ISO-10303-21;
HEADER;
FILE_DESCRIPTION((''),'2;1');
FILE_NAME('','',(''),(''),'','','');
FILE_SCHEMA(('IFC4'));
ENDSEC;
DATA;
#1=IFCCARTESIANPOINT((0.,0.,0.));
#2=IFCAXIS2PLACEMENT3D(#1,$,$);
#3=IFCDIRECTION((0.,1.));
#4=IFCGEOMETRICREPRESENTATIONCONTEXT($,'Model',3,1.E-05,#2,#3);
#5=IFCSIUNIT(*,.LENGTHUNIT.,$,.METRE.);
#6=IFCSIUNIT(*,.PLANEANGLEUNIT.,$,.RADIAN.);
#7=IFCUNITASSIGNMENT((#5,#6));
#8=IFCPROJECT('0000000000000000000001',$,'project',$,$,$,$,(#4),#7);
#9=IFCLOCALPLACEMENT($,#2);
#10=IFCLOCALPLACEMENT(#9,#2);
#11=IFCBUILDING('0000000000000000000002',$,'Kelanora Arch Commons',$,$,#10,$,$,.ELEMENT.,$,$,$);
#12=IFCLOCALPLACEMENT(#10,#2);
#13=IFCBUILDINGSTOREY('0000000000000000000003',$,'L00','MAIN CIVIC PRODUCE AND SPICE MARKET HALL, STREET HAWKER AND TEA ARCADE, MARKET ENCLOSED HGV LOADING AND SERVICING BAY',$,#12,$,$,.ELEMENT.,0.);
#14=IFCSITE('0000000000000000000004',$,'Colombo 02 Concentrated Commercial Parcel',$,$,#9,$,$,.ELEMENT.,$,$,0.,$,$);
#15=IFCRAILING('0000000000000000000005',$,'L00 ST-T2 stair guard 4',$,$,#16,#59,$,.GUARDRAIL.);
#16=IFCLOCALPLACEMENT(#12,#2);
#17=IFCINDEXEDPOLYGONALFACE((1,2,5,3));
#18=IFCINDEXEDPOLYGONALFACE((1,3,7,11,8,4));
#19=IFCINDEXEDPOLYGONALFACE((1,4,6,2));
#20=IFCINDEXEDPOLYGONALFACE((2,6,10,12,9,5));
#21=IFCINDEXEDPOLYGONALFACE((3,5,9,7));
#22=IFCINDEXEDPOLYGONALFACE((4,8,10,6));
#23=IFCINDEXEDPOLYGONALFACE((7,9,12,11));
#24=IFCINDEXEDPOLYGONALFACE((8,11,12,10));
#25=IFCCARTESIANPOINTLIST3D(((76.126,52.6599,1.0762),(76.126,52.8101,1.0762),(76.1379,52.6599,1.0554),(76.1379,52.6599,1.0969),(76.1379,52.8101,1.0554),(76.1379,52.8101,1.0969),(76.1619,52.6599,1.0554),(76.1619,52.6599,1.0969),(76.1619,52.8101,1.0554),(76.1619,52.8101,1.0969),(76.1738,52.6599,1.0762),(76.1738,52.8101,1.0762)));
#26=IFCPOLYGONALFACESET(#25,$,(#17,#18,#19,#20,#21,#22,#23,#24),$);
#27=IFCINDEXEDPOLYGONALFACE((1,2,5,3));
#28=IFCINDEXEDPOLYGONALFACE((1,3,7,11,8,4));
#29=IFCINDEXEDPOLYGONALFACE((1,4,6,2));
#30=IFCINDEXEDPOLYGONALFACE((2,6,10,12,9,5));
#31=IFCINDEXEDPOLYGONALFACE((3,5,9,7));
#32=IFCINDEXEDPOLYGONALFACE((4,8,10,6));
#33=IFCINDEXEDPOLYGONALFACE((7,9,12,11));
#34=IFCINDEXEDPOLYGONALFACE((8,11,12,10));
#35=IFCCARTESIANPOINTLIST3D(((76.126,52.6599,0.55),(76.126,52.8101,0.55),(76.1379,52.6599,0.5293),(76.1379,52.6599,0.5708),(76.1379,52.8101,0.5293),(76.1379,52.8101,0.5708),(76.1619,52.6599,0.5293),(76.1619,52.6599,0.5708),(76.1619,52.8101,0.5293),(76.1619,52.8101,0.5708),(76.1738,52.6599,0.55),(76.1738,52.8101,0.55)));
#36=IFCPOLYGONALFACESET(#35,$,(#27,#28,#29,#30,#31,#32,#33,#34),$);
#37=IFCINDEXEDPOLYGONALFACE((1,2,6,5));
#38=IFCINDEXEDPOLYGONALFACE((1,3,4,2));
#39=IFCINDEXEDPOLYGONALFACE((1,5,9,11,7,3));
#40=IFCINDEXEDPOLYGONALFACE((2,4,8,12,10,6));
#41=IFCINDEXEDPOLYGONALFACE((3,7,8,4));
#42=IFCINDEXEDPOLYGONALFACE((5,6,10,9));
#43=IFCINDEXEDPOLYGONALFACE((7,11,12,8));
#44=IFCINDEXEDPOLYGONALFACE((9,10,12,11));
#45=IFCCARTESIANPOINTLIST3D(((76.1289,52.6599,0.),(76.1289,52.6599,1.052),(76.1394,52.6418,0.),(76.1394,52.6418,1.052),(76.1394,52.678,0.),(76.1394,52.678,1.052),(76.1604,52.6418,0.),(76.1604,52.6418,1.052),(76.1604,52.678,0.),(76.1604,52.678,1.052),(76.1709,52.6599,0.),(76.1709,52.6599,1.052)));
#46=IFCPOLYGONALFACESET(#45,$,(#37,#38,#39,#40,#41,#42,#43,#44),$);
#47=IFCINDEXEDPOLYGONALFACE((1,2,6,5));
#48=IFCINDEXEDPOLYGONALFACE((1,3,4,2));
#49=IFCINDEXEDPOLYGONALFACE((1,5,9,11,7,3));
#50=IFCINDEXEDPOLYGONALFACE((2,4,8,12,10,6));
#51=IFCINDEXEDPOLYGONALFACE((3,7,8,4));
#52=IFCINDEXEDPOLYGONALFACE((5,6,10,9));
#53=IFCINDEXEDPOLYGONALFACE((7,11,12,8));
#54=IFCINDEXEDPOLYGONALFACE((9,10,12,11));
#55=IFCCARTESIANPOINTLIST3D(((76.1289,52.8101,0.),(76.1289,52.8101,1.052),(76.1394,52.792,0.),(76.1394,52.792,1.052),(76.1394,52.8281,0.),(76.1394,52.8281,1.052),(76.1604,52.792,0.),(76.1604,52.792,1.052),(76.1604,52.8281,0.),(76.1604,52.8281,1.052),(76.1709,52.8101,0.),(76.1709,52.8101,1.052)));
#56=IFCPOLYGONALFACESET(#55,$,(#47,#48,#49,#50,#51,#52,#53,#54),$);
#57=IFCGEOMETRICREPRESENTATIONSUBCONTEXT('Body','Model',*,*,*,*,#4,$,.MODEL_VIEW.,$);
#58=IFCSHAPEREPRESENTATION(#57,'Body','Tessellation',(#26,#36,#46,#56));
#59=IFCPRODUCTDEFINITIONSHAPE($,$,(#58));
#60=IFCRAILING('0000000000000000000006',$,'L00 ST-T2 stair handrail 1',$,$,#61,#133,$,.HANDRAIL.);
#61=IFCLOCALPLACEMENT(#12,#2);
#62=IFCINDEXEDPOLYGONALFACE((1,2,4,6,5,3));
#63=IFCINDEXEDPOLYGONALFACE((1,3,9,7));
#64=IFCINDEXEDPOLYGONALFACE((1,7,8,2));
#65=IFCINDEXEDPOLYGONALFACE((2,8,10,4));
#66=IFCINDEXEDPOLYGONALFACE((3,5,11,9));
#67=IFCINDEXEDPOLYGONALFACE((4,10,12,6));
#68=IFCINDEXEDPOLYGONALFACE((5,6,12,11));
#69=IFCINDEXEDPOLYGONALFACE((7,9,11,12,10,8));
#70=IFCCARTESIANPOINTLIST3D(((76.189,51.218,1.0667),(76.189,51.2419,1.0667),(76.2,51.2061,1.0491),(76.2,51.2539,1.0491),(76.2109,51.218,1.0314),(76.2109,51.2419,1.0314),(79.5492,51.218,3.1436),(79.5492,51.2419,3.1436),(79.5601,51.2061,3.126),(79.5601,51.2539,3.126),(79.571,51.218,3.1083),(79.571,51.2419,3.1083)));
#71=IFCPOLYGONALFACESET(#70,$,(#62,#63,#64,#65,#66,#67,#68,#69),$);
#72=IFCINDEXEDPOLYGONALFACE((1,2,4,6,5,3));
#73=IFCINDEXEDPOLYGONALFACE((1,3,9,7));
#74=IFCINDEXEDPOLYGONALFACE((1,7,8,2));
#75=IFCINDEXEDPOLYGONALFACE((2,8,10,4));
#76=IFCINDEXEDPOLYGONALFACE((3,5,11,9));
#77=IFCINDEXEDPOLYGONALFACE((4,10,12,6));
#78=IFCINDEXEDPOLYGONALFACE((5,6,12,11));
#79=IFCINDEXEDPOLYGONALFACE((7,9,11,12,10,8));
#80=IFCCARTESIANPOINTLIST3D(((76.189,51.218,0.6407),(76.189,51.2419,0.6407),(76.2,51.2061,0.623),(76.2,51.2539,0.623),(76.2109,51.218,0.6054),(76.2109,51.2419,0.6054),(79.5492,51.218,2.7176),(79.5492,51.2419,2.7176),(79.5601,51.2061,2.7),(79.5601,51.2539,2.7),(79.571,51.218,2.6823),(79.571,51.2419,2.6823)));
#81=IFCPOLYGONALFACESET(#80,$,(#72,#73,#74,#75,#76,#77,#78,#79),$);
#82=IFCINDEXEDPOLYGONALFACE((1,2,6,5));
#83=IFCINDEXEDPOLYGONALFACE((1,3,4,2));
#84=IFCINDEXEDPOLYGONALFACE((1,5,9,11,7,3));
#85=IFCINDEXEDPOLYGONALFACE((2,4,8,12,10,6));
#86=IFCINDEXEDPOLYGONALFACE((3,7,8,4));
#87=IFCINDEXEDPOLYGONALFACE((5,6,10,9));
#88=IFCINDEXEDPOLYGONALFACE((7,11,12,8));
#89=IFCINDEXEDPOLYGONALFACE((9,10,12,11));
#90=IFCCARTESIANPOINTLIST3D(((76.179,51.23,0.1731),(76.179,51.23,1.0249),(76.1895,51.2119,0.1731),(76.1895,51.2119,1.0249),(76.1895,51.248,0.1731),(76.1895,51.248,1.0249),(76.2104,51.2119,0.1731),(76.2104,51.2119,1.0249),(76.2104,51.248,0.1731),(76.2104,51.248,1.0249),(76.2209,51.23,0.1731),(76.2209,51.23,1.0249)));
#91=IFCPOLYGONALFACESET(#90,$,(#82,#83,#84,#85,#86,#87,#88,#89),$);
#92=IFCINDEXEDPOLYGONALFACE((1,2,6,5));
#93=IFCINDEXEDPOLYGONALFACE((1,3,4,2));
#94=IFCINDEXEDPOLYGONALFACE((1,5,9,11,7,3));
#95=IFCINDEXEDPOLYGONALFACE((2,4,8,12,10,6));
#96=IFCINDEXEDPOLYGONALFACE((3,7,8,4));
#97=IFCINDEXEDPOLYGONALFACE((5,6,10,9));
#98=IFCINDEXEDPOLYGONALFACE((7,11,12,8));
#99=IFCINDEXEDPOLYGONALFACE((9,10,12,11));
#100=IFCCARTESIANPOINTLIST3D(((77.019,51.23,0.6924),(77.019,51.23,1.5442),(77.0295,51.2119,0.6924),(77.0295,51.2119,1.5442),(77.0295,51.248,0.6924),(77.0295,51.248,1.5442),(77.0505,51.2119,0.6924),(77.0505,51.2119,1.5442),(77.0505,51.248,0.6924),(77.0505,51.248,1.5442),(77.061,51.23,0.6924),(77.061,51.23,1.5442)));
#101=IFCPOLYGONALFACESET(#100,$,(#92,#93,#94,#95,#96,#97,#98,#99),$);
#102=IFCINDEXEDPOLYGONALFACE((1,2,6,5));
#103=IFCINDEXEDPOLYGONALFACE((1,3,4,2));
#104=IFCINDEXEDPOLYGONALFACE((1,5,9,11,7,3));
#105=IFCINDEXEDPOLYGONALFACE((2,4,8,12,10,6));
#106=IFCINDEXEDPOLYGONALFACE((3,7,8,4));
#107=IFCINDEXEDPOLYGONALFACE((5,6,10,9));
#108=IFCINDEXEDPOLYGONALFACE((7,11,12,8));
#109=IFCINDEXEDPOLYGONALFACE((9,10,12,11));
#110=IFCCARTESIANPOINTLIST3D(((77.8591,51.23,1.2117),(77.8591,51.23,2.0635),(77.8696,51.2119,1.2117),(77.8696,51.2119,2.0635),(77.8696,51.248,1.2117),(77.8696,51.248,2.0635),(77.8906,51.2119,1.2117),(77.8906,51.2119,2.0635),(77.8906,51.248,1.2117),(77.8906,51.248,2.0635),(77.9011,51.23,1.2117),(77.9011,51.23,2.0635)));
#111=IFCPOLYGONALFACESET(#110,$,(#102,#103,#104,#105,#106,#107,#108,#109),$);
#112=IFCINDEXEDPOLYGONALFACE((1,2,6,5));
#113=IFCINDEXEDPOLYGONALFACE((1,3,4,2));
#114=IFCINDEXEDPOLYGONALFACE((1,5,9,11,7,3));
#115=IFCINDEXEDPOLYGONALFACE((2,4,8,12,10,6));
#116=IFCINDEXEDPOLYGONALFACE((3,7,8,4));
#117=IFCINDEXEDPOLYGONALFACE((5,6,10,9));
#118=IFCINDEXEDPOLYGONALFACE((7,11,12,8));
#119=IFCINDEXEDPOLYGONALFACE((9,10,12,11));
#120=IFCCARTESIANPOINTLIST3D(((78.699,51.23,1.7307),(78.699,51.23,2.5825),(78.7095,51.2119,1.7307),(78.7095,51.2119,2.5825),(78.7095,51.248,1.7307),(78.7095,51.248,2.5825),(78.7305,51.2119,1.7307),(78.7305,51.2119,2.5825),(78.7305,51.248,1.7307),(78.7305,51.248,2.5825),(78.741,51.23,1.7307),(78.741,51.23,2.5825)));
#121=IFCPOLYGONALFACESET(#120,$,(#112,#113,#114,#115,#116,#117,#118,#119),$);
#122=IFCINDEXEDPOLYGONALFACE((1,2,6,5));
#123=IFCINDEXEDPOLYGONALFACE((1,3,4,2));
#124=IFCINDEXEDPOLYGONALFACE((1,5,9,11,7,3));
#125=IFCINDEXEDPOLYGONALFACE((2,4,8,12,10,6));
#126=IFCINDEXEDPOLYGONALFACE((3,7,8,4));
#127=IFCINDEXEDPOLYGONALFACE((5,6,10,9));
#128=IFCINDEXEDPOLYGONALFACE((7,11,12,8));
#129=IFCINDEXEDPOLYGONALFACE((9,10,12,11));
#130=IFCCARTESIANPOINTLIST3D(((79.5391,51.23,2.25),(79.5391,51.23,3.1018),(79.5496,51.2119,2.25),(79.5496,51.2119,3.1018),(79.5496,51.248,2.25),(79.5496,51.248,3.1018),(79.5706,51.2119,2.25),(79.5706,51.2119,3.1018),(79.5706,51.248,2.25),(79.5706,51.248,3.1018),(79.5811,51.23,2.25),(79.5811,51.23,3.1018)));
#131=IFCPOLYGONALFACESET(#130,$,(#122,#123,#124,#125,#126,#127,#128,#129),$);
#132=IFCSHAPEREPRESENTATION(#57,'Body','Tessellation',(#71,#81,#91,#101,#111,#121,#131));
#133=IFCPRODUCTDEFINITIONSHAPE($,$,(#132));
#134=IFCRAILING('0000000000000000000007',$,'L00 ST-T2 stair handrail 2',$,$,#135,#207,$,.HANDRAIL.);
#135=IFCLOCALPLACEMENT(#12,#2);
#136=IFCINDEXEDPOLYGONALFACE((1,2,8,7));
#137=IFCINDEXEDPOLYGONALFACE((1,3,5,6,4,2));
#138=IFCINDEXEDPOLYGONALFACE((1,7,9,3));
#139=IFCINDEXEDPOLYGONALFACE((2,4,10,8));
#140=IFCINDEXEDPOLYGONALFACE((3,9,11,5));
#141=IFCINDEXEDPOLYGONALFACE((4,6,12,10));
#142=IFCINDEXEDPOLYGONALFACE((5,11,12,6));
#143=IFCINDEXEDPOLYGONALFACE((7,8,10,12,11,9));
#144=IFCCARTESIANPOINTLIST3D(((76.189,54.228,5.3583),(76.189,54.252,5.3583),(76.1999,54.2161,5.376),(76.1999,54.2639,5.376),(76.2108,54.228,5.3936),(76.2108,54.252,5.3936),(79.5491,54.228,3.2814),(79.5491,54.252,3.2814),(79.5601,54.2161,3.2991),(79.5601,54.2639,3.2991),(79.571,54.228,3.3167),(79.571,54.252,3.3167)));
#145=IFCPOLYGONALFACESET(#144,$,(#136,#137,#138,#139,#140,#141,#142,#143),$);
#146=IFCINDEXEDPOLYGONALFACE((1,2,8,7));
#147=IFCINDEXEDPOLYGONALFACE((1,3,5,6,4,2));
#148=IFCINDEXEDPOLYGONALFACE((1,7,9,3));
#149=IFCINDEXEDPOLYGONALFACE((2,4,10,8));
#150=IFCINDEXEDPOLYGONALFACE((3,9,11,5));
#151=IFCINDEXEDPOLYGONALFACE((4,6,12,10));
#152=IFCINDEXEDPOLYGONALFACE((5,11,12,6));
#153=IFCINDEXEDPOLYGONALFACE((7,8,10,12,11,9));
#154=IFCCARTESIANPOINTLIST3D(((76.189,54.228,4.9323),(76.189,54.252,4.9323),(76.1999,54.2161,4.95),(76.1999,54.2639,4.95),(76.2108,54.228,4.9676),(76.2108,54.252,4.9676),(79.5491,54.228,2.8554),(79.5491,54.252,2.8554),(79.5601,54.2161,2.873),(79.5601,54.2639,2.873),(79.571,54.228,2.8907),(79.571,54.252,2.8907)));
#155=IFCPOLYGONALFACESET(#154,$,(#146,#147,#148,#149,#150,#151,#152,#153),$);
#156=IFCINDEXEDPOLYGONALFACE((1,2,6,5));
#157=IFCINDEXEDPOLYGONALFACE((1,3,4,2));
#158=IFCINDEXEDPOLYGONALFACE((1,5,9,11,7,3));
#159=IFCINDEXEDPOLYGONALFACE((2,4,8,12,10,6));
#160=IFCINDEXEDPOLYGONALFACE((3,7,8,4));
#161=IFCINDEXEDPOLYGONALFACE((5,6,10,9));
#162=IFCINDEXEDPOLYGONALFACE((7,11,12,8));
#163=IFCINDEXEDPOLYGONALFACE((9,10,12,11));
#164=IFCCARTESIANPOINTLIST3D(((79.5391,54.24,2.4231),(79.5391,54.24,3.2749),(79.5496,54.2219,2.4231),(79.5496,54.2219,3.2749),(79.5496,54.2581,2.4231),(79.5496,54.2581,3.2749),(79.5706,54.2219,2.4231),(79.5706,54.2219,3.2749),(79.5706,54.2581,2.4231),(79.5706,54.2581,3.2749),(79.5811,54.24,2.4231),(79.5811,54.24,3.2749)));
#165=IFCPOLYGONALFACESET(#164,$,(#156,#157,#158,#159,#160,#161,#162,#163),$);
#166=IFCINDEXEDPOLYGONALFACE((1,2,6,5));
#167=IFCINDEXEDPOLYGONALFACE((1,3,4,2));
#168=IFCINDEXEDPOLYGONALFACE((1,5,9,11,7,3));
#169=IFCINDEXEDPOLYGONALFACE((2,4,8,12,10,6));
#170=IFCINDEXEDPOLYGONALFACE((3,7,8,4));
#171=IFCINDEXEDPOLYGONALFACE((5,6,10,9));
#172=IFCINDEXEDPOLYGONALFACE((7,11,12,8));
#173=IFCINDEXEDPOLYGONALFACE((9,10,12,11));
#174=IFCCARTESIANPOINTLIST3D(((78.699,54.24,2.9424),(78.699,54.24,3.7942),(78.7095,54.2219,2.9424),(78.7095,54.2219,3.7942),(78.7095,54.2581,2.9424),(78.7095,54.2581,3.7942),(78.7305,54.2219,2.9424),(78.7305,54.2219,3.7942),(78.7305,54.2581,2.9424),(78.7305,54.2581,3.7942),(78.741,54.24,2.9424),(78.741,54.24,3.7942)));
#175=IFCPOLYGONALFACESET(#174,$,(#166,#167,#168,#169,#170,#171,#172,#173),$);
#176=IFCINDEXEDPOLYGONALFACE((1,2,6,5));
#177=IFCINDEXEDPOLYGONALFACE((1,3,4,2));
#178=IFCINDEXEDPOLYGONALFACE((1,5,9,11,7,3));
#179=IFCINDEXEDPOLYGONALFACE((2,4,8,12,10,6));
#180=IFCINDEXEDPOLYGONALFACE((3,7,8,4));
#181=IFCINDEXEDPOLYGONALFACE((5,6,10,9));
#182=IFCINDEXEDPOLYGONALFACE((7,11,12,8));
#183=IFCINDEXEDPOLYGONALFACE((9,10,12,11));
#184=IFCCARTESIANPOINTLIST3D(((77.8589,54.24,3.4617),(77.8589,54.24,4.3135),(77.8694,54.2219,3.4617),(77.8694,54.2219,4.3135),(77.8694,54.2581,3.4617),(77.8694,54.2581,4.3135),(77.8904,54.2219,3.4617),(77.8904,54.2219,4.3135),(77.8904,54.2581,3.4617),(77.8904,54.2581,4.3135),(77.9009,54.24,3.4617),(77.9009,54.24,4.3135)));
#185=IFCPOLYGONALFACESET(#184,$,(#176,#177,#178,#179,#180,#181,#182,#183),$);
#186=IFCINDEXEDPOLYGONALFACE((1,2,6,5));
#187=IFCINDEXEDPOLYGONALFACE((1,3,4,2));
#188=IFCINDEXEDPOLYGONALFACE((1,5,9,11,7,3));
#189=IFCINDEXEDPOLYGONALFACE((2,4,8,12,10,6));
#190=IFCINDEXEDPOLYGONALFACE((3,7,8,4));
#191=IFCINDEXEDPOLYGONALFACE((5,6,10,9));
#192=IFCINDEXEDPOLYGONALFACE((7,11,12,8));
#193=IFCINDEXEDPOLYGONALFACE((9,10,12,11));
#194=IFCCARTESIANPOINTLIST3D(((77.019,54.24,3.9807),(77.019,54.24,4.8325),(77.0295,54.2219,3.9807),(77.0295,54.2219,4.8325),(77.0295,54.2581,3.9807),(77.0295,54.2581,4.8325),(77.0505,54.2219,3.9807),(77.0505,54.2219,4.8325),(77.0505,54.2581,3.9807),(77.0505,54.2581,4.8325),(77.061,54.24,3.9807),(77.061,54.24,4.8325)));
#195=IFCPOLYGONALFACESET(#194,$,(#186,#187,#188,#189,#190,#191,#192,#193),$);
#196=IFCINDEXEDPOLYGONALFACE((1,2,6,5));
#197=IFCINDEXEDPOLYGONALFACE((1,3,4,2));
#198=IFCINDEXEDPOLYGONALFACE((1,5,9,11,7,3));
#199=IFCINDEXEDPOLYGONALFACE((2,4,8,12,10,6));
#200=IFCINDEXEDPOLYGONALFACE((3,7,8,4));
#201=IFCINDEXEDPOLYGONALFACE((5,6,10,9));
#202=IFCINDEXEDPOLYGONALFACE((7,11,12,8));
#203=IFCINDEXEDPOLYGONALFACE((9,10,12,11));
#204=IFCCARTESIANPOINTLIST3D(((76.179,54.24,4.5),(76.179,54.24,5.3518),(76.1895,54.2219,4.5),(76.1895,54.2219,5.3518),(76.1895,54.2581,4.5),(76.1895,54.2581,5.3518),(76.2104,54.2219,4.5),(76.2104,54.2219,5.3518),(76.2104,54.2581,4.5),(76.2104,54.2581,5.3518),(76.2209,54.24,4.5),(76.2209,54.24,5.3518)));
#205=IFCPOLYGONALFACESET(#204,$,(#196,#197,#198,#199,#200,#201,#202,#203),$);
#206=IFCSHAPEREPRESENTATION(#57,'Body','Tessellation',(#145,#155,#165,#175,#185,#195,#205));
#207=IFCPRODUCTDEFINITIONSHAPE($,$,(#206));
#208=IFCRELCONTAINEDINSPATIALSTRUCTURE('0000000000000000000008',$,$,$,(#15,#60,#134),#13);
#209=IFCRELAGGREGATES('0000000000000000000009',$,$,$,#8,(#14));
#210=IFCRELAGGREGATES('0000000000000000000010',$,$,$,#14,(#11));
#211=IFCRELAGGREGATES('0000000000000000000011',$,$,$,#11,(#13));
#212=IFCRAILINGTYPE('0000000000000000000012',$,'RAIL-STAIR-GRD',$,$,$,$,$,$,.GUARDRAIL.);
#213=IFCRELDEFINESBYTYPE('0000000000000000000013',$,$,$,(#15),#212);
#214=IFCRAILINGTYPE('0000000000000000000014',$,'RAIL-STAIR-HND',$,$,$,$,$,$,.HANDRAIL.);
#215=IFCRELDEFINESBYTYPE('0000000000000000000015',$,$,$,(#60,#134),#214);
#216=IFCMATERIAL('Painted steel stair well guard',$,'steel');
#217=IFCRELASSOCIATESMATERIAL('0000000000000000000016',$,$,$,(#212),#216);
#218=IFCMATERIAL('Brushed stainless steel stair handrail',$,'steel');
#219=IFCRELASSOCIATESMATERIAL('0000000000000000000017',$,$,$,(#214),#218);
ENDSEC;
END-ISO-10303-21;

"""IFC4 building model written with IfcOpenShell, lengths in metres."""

from ifc_helpers import new_model, si_unit, direction, frame, origin, place, context, subcontext, project, spatial, polyline, outline, extrude, material, type_object, element, save


model = new_model("IFC4")

# Units and contexts
model_context = context("Model", 3, precision=1e-05, world=origin(), true_north=direction((0.0, 1.0)))
body_context = subcontext(model_context, "Body", "Model", "MODEL_VIEW")
ifc_project = project(units=[si_unit("LENGTHUNIT", "METRE"), si_unit("PLANEANGLEUNIT", "RADIAN")], contexts=[model_context])

# Site, building, storey
site_placement = place(None, origin())
site = spatial("IfcSite", under=ifc_project, at=site_placement, Name="Colombo 02 Concentrated Commercial Parcel", CompositionType="ELEMENT", RefElevation=0.0)
building_placement = place(site_placement, origin())
building = spatial("IfcBuilding", under=site, at=building_placement, Name="Kelanora Arch Commons", CompositionType="ELEMENT")
storey_placement = place(building_placement, origin())
storey = spatial("IfcBuildingStorey", under=building, at=storey_placement, Name="L00", Description="MAIN CIVIC PRODUCE AND SPICE MARKET HALL, STREET HAWKER AND TEA ARCADE, MARKET ENCLOSED HGV LOADING AND SERVICING BAY", CompositionType="ELEMENT", Elevation=0.0)

# Railings
ifc_material_1 = material(Name="Painted steel stair well guard", Category="steel")
railing_type_1 = type_object("IfcRailingType", Name="RAIL-STAIR-GRD", PredefinedType="GUARDRAIL", material=ifc_material_1)
railing_1_placement = place(storey_placement, frame((76.1499, 52.6599, 0.0)))
element("IfcRailing", 1, at=railing_1_placement, inside=storey, type_object=railing_type_1, Name="L00 ST-T2 stair guard 4", PredefinedType="GUARDRAIL", context=body_context, shape_type="SweptSolid", body=[
    extrude(outline(polyline([(0.0239, 0.0), (0.012, 0.0208), (-0.012, 0.0208), (-0.0239, 0.0), (-0.012, -0.0208), (0.012, -0.0208), (0.0239, 0.0)])), frame((0.0, 0.0, 1.0762), z_axis=(0.0, 1.0, 0.0), x_axis=(-1.0, 0.0, 0.0)), (0.0, 0.0, 1.0), 0.1501),
    extrude(outline(polyline([(0.0239, 0.0), (0.012, 0.0208), (-0.012, 0.0208), (-0.0239, 0.0), (-0.012, -0.0208), (0.012, -0.0208), (0.0239, 0.0)])), frame((0.0, 0.0, 0.55), z_axis=(0.0, 1.0, 0.0), x_axis=(-1.0, 0.0, 0.0)), (0.0, 0.0, 1.0), 0.1501),
    extrude(outline(polyline([(0.021, 0.0), (0.0105, 0.0181), (-0.0105, 0.0181), (-0.021, 0.0), (-0.0105, -0.0181), (0.0105, -0.0181), (0.021, 0.0)])), origin(), (0.0, 0.0, 1.0), 1.052),
    extrude(outline(polyline([(0.021, 0.0), (0.0105, 0.0181), (-0.0105, 0.0181), (-0.021, 0.0), (-0.0105, -0.0181), (0.0105, -0.0181), (0.021, 0.0)])), frame((0.0, 0.1501, 0.0)), (0.0, 0.0, 1.0), 1.052),
])
ifc_material_2 = material(Name="Brushed stainless steel stair handrail", Category="steel")
railing_type_2 = type_object("IfcRailingType", Name="RAIL-STAIR-HND", PredefinedType="HANDRAIL", material=ifc_material_2)
railing_2_placement = place(storey_placement, frame((76.2, 51.23, 0.1731)))
element("IfcRailing", 2, at=railing_2_placement, inside=storey, type_object=railing_type_2, Name="L00 ST-T2 stair handrail 1", PredefinedType="HANDRAIL", context=body_context, shape_type="SweptSolid", body=[
    extrude(outline(polyline([(0.0239, 0.0), (0.012, 0.0208), (-0.012, 0.0208), (-0.0239, 0.0), (-0.012, -0.0208), (0.012, -0.0208), (0.0239, 0.0)])), frame((0.0, 0.0, 0.876), z_axis=(0.850623, 0.0, 0.525776), x_axis=(0.0, 1.0, 0.0)), (0.0, 0.0, 1.0), 3.9502),
    extrude(outline(polyline([(0.0239, 0.0), (0.012, 0.0208), (-0.012, 0.0208), (-0.0239, 0.0), (-0.012, -0.0208), (0.012, -0.0208), (0.0239, 0.0)])), frame((0.0, 0.0, 0.45), z_axis=(0.850623, 0.0, 0.525776), x_axis=(0.0, 1.0, 0.0)), (0.0, 0.0, 1.0), 3.9502),
    extrude(outline(polyline([(0.021, 0.0), (0.0105, 0.0181), (-0.0105, 0.0181), (-0.021, 0.0), (-0.0105, -0.0181), (0.0105, -0.0181), (0.021, 0.0)])), origin(), (0.0, 0.0, 1.0), 0.8518),
    extrude(outline(polyline([(0.021, 0.0), (0.0105, 0.0181), (-0.0105, 0.0181), (-0.021, 0.0), (-0.0105, -0.0181), (0.0105, -0.0181), (0.021, 0.0)])), frame((0.8401, 0.0, 0.5193)), (0.0, 0.0, 1.0), 0.8518),
    extrude(outline(polyline([(0.021, 0.0), (0.0105, 0.0181), (-0.0105, 0.0181), (-0.021, 0.0), (-0.0105, -0.0181), (0.0105, -0.0181), (0.021, 0.0)])), frame((1.6802, 0.0, 1.0386)), (0.0, 0.0, 1.0), 0.8518),
    extrude(outline(polyline([(0.021, 0.0), (0.0105, 0.0181), (-0.0105, 0.0181), (-0.021, 0.0), (-0.0105, -0.0181), (0.0105, -0.0181), (0.021, 0.0)])), frame((2.52, 0.0, 1.5576)), (0.0, 0.0, 1.0), 0.8518),
    extrude(outline(polyline([(0.021, 0.0), (0.0105, 0.0181), (-0.0105, 0.0181), (-0.021, 0.0), (-0.0105, -0.0181), (0.0105, -0.0181), (0.021, 0.0)])), frame((3.3601, 0.0, 2.0769)), (0.0, 0.0, 1.0), 0.8518),
])
railing_3_placement = place(storey_placement, frame((79.5601, 54.24, 2.4231)))
element("IfcRailing", 3, at=railing_3_placement, inside=storey, type_object=railing_type_2, Name="L00 ST-T2 stair handrail 2", PredefinedType="HANDRAIL", context=body_context, shape_type="SweptSolid", body=[
    extrude(outline(polyline([(0.0239, 0.0), (0.012, 0.0208), (-0.012, 0.0208), (-0.0239, 0.0), (-0.012, -0.0208), (0.012, -0.0208), (0.0239, 0.0)])), frame((0.0, 0.0, 0.876), z_axis=(-0.850623, 0.0, 0.525776), x_axis=(0.0, -1.0, 0.0)), (0.0, 0.0, 1.0), 3.9502),
    extrude(outline(polyline([(0.0239, 0.0), (0.012, 0.0208), (-0.012, 0.0208), (-0.0239, 0.0), (-0.012, -0.0208), (0.012, -0.0208), (0.0239, 0.0)])), frame((0.0, 0.0, 0.45), z_axis=(-0.850623, 0.0, 0.525776), x_axis=(0.0, -1.0, 0.0)), (0.0, 0.0, 1.0), 3.9502),
    extrude(outline(polyline([(0.021, 0.0), (0.0105, 0.0181), (-0.0105, 0.0181), (-0.021, 0.0), (-0.0105, -0.0181), (0.0105, -0.0181), (0.021, 0.0)])), origin(), (0.0, 0.0, 1.0), 0.8518),
    extrude(outline(polyline([(0.021, 0.0), (0.0105, 0.0181), (-0.0105, 0.0181), (-0.021, 0.0), (-0.0105, -0.0181), (0.0105, -0.0181), (0.021, 0.0)])), frame((-0.8401, 0.0, 0.5193)), (0.0, 0.0, 1.0), 0.8518),
    extrude(outline(polyline([(0.021, 0.0), (0.0105, 0.0181), (-0.0105, 0.0181), (-0.021, 0.0), (-0.0105, -0.0181), (0.0105, -0.0181), (0.021, 0.0)])), frame((-1.6802, 0.0, 1.0386)), (0.0, 0.0, 1.0), 0.8518),
    extrude(outline(polyline([(0.021, 0.0), (0.0105, 0.0181), (-0.0105, 0.0181), (-0.021, 0.0), (-0.0105, -0.0181), (0.0105, -0.0181), (0.021, 0.0)])), frame((-2.52, 0.0, 1.5576)), (0.0, 0.0, 1.0), 0.8518),
    extrude(outline(polyline([(0.021, 0.0), (0.0105, 0.0181), (-0.0105, 0.0181), (-0.021, 0.0), (-0.0105, -0.0181), (0.0105, -0.0181), (0.021, 0.0)])), frame((-3.3601, 0.0, 2.0769)), (0.0, 0.0, 1.0), 0.8518),
])

save(model, "model.ifc")
